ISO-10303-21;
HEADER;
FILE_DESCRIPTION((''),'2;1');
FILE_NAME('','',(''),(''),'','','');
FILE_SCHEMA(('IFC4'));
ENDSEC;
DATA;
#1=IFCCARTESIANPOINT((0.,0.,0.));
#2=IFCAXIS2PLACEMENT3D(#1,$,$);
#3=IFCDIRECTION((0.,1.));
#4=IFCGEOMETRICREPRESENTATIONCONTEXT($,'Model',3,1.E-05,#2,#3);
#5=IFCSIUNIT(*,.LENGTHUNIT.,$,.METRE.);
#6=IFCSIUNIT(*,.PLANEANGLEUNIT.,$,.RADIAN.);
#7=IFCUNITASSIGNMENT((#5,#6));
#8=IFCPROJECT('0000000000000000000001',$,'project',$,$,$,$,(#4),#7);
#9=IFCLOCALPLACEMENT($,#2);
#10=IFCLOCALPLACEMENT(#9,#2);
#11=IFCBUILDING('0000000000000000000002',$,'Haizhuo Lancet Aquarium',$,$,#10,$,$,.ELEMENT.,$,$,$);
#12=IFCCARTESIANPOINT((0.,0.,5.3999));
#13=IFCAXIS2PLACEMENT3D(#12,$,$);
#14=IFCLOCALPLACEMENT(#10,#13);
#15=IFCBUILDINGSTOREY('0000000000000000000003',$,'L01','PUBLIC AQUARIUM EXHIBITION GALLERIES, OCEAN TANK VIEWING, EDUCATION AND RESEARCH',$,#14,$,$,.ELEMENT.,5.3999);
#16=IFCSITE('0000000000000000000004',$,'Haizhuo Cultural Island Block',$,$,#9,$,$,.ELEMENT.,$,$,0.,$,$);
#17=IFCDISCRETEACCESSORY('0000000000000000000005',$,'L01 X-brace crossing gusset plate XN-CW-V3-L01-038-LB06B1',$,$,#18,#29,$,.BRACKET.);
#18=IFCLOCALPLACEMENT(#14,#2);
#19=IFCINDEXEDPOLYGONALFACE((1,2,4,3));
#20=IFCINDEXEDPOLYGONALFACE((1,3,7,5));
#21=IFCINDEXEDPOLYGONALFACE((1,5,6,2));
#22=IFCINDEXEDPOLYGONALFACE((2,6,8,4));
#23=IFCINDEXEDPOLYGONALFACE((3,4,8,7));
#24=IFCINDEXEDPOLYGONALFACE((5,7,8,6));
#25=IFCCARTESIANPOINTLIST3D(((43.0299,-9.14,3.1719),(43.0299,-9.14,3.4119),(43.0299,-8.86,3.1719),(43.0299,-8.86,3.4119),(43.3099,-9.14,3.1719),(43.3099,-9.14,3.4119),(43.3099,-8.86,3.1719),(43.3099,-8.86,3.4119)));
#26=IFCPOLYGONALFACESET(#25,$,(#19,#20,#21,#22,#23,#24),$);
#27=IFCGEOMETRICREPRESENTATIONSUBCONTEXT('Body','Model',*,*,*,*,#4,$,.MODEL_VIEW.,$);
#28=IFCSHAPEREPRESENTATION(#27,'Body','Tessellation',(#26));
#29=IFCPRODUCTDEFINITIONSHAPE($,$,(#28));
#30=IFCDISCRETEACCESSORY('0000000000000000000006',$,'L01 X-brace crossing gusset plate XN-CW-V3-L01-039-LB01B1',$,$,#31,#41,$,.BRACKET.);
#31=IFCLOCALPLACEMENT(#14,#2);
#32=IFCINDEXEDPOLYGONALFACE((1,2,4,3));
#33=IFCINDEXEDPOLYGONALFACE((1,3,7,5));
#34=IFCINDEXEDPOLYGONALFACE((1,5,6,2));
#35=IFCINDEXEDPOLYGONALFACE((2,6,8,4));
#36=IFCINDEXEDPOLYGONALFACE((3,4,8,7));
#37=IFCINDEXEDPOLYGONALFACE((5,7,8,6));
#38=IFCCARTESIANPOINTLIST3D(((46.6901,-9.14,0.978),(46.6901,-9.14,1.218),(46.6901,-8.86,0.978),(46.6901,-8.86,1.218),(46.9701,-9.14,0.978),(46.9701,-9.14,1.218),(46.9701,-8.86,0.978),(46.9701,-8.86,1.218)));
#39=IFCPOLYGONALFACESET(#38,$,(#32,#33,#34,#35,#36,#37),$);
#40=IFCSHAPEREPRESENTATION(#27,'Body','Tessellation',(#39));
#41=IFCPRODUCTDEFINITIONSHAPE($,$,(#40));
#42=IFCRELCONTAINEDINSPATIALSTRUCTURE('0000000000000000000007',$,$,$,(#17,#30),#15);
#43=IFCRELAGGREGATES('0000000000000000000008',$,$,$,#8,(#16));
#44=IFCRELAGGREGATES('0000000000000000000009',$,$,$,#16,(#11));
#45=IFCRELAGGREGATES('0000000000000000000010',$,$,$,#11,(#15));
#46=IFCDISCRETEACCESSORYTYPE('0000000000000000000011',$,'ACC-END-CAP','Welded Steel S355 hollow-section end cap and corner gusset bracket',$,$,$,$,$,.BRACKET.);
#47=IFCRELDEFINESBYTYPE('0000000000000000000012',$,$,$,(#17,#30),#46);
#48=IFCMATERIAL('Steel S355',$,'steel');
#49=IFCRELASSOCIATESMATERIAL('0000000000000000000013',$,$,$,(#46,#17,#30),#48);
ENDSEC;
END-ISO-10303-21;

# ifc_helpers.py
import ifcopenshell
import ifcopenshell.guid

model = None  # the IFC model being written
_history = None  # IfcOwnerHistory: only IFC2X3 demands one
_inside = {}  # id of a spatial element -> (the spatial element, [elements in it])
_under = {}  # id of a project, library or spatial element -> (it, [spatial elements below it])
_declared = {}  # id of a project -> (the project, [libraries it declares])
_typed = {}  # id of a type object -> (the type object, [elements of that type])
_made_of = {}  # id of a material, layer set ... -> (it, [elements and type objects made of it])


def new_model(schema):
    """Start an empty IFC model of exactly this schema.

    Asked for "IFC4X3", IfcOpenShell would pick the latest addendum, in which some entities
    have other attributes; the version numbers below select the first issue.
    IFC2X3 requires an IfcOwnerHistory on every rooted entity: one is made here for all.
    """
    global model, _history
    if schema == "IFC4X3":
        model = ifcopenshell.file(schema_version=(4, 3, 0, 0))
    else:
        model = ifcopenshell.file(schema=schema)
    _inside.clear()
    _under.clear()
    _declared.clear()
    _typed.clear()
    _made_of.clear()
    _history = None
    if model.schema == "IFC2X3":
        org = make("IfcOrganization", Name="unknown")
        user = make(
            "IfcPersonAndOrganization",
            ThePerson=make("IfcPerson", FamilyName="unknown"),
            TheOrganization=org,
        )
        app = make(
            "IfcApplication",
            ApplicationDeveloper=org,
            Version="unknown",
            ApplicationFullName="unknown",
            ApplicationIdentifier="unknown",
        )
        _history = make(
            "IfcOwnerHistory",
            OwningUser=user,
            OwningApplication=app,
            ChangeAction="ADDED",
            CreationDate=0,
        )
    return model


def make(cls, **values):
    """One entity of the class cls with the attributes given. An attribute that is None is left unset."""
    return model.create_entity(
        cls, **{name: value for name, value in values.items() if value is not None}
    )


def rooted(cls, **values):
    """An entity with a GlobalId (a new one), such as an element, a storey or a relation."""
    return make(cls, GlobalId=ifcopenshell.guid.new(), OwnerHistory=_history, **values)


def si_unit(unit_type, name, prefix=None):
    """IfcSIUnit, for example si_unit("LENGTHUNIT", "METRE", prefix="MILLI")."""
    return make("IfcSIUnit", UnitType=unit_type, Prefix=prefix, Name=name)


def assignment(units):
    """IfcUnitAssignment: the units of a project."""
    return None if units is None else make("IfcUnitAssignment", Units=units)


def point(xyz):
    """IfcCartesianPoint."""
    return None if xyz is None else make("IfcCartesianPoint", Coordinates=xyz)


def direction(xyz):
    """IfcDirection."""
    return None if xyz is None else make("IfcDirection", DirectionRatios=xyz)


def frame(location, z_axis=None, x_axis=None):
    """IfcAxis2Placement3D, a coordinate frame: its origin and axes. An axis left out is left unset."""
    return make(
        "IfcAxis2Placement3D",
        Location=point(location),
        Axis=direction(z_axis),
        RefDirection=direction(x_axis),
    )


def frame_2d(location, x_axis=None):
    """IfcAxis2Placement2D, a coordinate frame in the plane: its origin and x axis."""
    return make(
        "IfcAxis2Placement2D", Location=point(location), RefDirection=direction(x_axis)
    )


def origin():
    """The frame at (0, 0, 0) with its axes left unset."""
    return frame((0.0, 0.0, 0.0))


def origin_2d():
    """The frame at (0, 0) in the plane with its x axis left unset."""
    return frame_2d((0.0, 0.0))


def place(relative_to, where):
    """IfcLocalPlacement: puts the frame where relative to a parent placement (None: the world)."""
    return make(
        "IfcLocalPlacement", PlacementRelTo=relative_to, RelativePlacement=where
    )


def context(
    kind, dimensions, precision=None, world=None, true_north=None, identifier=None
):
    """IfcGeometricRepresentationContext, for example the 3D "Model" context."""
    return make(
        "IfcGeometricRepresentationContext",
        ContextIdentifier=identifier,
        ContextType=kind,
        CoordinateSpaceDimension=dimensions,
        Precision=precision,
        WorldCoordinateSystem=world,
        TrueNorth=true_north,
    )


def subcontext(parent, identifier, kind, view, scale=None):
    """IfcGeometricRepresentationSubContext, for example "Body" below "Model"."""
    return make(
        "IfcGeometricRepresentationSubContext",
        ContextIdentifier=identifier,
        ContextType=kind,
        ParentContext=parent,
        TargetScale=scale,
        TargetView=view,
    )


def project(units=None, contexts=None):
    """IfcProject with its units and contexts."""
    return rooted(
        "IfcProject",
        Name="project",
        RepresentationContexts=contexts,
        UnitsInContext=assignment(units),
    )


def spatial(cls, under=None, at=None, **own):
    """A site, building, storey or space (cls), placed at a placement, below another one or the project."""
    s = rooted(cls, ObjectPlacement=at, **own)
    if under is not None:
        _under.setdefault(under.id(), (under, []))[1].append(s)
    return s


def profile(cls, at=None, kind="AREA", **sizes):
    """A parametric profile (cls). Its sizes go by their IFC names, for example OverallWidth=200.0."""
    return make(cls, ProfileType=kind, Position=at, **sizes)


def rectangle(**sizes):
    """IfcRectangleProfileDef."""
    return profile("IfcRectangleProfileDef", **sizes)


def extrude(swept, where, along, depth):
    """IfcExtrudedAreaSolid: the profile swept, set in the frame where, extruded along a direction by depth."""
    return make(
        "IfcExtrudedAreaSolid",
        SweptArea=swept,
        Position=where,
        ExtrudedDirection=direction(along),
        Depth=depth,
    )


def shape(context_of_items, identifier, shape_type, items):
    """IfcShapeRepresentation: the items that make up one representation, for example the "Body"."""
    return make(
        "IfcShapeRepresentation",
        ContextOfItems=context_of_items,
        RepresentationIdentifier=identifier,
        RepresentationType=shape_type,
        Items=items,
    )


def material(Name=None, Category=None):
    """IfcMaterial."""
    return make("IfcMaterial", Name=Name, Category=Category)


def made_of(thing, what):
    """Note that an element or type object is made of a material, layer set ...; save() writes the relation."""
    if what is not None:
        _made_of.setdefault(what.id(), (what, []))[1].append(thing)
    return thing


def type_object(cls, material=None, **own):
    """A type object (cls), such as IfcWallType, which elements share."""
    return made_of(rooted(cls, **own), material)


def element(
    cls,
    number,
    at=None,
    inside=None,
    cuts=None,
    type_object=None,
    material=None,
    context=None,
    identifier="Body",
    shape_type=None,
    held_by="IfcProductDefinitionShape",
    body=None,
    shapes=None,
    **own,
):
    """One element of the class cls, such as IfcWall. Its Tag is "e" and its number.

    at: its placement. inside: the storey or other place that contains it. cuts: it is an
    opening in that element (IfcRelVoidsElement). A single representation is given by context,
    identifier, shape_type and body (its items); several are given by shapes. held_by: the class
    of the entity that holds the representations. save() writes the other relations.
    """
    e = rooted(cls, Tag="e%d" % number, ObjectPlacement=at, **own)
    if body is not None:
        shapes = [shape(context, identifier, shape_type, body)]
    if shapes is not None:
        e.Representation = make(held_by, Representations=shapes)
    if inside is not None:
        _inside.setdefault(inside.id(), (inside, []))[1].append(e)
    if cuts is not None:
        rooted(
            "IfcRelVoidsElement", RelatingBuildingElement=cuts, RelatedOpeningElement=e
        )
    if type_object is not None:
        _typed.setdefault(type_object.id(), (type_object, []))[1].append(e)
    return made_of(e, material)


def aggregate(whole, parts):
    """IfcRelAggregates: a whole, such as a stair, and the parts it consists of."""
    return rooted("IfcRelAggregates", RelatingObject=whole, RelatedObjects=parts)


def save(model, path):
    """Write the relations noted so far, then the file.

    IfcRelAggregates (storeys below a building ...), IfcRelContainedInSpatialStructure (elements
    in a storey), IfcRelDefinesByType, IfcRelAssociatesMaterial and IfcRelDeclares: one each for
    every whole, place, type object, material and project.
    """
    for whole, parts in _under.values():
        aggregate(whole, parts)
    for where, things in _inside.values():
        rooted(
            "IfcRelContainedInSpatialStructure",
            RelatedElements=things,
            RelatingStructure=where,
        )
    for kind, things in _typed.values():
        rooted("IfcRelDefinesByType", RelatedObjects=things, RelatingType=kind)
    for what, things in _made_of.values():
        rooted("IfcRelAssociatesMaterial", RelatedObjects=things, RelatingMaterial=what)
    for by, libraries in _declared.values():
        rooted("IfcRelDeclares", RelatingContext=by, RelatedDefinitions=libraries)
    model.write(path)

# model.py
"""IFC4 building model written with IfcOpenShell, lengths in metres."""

from ifc_helpers import new_model, si_unit, direction, frame, origin, origin_2d, place, context, subcontext, project, spatial, rectangle, extrude, material, type_object, element, save


model = new_model("IFC4")

# Units and contexts
model_context = context("Model", 3, precision=1e-05, world=origin(), true_north=direction((0.0, 1.0)))
body_context = subcontext(model_context, "Body", "Model", "MODEL_VIEW")
ifc_project = project(units=[si_unit("LENGTHUNIT", "METRE"), si_unit("PLANEANGLEUNIT", "RADIAN")], contexts=[model_context])

# Site, building, storey
site_placement = place(None, origin())
site = spatial("IfcSite", under=ifc_project, at=site_placement, Name="Haizhuo Cultural Island Block", CompositionType="ELEMENT", RefElevation=0.0)
building_placement = place(site_placement, origin())
building = spatial("IfcBuilding", under=site, at=building_placement, Name="Haizhuo Lancet Aquarium", CompositionType="ELEMENT")
storey_placement = place(building_placement, frame((0.0, 0.0, 5.3999)))
storey = spatial("IfcBuildingStorey", under=building, at=storey_placement, Name="L01", Description="PUBLIC AQUARIUM EXHIBITION GALLERIES, OCEAN TANK VIEWING, EDUCATION AND RESEARCH", CompositionType="ELEMENT", Elevation=5.3999)

# Shared definitions
ifc_material_1 = material(Name="Steel S355", Category="steel")

# Discrete accessories
discrete_accessory_type = type_object("IfcDiscreteAccessoryType", Name="ACC-END-CAP", Description="Welded Steel S355 hollow-section end cap and corner gusset bracket", PredefinedType="BRACKET", material=ifc_material_1)
for number, where, z_axis, x_axis, name in (
    (1, (43.1699, -9.0, 3.1719), (0.0, 0.0, 1.0), (1.0, 0.0, 0.0), "L01 X-brace crossing gusset plate XN-CW-V3-L01-038-LB06B1"),
    (2, (46.8301, -9.0, 0.978), (0.0, 0.0, 1.0), (1.0, 0.0, 0.0), "L01 X-brace crossing gusset plate XN-CW-V3-L01-039-LB01B1"),
):
    element("IfcDiscreteAccessory", number, at=place(storey_placement, frame(where, z_axis=z_axis, x_axis=x_axis)), inside=storey, type_object=discrete_accessory_type, material=ifc_material_1, Name=name, PredefinedType="BRACKET", context=body_context, shape_type="SweptSolid", body=[
        extrude(rectangle(XDim=0.28, YDim=0.28, at=origin_2d()), origin(), (0.0, 0.0, 1.0), 0.24),
    ])

save(model, "model.ifc")
